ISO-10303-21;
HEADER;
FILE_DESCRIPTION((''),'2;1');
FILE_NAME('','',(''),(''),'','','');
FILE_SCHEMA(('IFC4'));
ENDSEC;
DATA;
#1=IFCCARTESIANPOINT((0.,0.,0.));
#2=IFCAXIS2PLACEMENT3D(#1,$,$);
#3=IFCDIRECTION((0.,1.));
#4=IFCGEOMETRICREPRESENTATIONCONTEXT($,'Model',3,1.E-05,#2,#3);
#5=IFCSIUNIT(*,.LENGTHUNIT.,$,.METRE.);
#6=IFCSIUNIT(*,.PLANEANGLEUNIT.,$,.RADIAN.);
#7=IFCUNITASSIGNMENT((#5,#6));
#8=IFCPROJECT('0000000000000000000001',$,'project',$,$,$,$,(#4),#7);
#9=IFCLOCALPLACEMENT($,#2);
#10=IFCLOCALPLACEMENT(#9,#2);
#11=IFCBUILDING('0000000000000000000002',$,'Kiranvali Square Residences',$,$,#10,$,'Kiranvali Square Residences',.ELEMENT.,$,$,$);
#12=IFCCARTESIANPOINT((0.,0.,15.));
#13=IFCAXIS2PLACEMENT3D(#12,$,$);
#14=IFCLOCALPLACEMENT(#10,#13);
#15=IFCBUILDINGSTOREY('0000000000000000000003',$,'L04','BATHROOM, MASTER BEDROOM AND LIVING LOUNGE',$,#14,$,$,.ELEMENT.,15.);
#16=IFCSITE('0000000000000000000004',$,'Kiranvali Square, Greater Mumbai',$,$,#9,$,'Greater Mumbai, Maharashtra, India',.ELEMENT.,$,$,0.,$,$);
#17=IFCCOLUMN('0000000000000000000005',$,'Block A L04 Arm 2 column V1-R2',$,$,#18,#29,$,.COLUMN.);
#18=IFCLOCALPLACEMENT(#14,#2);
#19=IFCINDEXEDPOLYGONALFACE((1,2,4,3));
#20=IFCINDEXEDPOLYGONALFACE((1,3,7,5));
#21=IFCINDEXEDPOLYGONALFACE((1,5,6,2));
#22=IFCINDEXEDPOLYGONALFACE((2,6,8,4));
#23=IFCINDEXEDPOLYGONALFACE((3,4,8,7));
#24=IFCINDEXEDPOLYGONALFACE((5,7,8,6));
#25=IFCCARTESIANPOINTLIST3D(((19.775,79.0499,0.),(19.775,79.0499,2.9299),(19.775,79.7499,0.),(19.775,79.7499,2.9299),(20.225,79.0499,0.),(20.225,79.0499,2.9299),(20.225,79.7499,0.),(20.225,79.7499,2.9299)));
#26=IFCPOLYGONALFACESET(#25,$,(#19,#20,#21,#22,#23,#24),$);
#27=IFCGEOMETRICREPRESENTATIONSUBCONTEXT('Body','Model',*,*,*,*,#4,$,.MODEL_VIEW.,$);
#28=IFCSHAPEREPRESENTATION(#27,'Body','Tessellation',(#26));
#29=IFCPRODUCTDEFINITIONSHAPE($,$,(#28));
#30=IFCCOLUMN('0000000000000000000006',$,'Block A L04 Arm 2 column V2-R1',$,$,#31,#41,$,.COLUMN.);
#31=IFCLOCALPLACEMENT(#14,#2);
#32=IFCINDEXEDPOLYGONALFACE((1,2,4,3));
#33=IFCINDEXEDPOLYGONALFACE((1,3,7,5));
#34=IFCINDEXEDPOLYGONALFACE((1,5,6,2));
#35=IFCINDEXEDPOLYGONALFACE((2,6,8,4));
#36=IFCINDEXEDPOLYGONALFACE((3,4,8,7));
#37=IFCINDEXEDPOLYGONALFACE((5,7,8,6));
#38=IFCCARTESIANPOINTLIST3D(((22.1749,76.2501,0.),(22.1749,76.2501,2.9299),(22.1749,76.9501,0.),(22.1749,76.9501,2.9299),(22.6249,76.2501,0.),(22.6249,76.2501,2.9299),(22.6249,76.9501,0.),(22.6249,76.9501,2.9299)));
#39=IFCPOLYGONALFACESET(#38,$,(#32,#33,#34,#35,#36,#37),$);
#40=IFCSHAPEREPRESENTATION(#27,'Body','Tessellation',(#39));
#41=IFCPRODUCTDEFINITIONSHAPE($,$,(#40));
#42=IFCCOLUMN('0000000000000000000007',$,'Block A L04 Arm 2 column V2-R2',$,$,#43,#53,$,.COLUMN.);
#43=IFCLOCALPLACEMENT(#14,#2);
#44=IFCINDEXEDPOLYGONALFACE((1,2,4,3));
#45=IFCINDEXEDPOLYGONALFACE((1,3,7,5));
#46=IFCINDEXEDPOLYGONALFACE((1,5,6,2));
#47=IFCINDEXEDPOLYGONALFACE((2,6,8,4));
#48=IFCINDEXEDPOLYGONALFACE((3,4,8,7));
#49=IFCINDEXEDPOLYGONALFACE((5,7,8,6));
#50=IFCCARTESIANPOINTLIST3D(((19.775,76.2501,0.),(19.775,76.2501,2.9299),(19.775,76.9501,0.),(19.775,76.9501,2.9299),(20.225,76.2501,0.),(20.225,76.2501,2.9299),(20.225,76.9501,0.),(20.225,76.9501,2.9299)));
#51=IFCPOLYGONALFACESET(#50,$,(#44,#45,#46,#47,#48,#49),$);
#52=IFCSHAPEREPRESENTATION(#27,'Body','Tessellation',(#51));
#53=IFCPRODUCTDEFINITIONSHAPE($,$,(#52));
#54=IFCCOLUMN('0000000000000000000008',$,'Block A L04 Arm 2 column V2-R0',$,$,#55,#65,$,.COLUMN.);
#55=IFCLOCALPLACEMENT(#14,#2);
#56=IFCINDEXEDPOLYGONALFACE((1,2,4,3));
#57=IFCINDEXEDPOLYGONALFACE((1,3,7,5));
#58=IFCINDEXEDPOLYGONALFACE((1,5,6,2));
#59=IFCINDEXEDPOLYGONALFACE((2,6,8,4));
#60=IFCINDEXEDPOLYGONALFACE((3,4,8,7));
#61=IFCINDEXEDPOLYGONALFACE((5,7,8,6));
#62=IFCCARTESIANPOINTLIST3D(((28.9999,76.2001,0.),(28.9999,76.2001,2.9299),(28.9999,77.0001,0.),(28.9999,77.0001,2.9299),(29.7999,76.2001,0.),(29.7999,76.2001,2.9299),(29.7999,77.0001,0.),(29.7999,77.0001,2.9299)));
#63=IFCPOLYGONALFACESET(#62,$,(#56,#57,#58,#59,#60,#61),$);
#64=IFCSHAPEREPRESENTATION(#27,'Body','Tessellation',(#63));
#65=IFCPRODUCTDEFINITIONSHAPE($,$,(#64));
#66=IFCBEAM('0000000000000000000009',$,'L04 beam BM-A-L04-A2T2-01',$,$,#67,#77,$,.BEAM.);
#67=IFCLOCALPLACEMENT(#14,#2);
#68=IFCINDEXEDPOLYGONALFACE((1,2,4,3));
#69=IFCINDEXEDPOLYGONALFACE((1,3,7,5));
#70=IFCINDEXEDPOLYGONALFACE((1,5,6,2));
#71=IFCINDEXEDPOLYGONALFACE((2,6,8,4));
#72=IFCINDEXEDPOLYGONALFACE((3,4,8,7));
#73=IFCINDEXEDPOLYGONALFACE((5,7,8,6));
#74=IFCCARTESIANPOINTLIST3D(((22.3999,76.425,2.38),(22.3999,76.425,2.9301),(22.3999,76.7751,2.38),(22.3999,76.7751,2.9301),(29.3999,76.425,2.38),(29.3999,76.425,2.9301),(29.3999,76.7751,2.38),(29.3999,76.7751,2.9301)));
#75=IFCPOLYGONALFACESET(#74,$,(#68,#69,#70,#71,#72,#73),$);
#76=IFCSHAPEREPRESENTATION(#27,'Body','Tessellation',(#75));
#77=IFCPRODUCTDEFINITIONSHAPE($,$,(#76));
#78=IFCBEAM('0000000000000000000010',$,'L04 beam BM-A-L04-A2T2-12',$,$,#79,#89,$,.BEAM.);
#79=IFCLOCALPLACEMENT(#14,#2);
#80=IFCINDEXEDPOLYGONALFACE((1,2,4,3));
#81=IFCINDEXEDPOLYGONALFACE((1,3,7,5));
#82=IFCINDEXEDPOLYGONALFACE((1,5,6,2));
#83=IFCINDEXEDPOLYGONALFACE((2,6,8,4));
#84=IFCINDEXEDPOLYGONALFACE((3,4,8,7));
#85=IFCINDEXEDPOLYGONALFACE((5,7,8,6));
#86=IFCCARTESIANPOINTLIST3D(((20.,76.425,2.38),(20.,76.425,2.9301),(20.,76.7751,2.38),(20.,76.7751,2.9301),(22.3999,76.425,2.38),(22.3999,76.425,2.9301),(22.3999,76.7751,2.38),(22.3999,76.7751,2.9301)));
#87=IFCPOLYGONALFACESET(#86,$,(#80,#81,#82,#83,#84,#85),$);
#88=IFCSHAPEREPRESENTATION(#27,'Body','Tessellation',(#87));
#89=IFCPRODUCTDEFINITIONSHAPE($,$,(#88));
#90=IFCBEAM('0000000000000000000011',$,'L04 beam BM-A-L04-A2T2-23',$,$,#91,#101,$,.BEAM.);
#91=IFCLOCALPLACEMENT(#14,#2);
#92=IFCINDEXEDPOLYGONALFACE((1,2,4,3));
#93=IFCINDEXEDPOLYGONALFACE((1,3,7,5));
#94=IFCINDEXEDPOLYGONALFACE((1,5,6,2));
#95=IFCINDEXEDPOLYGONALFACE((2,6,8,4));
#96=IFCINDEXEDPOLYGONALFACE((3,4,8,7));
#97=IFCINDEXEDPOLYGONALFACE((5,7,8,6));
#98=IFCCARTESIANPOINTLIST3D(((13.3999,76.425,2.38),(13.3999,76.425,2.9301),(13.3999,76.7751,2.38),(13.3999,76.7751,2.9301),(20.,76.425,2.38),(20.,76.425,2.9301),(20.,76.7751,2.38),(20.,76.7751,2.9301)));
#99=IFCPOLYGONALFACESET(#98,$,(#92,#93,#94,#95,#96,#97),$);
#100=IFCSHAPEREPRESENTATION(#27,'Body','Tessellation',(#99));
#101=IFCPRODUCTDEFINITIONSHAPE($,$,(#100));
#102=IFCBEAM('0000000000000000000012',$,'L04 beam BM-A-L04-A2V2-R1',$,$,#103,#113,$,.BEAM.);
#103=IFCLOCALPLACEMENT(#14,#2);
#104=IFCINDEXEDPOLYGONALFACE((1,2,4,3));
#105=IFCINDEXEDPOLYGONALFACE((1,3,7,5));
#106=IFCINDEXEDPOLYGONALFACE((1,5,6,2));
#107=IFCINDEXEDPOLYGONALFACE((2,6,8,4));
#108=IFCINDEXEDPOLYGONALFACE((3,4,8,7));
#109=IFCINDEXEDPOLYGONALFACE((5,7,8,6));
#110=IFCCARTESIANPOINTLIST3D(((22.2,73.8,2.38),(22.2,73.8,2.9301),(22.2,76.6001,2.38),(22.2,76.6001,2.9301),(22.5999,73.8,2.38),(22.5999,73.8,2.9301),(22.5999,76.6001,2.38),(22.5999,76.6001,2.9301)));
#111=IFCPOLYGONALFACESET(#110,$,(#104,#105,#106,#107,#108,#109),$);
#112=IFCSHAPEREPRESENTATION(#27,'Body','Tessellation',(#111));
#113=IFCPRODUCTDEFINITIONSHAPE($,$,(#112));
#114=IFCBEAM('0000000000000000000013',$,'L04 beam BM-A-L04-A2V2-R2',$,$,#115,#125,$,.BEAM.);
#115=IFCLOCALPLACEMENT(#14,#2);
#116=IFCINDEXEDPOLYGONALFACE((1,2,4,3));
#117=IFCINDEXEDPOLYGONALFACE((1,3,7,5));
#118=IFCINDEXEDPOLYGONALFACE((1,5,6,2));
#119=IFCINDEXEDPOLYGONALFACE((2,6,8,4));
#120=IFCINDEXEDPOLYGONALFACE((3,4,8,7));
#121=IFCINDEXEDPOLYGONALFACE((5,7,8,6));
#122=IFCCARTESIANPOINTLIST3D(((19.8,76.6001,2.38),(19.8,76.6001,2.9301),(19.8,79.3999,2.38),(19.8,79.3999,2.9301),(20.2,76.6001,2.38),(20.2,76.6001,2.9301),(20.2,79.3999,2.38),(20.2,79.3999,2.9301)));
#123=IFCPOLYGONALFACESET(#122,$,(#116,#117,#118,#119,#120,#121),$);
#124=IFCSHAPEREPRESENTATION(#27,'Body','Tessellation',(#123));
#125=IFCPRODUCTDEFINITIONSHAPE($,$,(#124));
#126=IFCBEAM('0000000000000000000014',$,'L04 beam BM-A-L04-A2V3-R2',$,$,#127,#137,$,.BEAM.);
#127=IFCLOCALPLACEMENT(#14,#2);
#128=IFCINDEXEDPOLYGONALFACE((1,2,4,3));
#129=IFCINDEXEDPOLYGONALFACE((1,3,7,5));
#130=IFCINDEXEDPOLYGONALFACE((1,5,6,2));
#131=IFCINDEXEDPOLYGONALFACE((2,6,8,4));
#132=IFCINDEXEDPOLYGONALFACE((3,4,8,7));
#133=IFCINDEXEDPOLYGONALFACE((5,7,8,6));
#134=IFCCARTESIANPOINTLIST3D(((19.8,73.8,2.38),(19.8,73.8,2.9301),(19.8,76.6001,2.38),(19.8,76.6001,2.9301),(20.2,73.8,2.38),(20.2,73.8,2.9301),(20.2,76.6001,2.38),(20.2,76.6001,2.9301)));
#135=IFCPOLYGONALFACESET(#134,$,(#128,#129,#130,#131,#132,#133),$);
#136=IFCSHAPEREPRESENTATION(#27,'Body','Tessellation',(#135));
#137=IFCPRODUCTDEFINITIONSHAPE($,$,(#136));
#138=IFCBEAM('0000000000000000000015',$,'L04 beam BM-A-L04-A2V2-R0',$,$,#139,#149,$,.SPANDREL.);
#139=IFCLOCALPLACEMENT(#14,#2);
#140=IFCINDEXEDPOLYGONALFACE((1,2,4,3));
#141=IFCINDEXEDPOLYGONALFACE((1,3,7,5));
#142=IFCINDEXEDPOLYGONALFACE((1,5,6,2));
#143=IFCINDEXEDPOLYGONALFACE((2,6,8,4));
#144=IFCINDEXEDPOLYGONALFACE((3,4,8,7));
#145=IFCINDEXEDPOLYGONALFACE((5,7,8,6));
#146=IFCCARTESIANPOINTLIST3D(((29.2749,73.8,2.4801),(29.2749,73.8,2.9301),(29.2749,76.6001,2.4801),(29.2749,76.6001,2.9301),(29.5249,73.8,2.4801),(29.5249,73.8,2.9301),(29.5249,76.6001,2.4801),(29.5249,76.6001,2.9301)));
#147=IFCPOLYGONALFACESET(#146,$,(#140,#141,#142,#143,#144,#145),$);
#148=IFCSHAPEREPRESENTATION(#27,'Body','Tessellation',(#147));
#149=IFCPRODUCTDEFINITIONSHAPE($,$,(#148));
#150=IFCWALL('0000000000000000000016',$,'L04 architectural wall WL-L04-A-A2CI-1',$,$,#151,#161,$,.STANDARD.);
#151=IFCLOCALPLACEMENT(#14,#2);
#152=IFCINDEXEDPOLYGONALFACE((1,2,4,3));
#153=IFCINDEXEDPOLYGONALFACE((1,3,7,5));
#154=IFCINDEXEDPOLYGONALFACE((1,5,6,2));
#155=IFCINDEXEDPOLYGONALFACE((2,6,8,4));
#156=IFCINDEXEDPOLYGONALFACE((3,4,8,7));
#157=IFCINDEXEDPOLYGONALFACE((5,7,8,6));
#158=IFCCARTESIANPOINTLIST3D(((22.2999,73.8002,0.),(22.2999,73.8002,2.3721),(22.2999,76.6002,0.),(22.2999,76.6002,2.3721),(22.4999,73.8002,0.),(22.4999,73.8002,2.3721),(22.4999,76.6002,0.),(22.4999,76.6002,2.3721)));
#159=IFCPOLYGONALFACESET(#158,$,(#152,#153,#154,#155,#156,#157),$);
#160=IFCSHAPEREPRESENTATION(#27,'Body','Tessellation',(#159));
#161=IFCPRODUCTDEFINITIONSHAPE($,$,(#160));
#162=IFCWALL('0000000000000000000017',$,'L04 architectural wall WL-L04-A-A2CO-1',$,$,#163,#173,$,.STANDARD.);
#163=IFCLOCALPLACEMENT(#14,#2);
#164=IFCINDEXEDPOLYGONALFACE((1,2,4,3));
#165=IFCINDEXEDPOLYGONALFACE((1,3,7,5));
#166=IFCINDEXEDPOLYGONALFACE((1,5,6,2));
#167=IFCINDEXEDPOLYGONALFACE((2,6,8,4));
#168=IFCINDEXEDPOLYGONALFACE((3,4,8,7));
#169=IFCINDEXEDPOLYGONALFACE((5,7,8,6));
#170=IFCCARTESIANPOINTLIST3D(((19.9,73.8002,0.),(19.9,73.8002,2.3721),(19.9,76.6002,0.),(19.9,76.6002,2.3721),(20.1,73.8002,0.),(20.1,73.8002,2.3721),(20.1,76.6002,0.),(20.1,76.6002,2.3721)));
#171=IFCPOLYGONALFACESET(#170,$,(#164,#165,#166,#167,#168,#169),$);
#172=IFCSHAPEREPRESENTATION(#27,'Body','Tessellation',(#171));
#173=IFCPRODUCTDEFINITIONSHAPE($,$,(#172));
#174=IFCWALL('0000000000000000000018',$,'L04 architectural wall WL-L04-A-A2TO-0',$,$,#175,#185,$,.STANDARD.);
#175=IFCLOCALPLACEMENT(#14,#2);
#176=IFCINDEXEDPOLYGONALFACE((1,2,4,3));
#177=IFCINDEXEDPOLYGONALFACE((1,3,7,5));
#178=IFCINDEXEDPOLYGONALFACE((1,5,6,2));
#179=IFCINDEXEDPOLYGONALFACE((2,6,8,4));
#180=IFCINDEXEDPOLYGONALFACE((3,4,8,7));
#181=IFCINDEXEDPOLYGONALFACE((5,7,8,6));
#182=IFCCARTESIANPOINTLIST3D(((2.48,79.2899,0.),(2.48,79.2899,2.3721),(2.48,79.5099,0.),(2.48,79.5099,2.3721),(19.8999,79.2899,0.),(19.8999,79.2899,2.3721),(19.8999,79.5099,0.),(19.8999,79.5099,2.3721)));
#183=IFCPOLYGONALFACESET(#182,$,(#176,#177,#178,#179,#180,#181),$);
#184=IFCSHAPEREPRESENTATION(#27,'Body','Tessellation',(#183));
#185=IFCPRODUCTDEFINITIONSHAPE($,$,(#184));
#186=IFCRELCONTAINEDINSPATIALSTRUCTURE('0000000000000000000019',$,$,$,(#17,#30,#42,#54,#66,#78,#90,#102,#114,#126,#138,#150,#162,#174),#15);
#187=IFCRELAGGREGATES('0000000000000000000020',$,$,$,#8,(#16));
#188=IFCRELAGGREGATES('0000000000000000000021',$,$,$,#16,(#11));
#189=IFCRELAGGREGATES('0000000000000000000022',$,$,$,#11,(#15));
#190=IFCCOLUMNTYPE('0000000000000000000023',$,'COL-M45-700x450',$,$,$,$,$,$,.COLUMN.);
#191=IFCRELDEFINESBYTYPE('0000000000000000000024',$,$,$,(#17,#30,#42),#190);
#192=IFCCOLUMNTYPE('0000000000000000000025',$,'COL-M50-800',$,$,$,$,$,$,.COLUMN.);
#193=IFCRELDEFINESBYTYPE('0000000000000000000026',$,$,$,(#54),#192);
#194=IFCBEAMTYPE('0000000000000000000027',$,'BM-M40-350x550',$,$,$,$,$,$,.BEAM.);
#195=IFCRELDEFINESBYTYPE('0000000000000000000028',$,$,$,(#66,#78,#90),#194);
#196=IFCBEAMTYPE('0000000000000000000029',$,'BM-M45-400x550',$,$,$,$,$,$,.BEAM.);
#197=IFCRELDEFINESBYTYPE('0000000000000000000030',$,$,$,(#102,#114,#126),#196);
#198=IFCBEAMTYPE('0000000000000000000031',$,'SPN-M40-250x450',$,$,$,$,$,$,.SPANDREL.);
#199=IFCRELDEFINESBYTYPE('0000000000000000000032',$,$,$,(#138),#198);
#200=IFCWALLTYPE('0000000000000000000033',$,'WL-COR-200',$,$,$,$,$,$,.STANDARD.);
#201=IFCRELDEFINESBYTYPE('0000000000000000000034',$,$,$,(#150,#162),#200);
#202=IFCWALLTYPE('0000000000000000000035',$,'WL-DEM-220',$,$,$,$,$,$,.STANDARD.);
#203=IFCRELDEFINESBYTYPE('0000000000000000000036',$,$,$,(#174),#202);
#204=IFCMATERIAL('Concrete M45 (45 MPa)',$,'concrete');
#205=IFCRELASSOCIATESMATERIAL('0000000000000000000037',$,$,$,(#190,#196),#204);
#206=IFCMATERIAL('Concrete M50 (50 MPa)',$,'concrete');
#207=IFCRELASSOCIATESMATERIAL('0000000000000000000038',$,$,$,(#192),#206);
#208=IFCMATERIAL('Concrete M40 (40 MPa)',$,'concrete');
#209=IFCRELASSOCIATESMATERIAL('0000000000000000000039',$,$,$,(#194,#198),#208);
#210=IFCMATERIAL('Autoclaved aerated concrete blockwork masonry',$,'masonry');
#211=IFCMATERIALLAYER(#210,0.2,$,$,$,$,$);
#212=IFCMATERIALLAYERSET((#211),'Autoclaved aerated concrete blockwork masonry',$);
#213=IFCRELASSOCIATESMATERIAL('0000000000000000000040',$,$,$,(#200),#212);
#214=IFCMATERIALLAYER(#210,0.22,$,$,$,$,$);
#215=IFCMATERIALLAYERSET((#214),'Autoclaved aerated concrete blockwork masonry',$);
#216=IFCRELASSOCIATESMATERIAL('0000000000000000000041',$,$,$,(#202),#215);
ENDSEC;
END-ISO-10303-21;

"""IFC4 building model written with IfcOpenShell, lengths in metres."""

from ifc_helpers import new_model, si_unit, direction, frame, frame_2d, origin, origin_2d, place, context, subcontext, project, spatial, rectangle, extrude, material, layer, layer_set, material_profile, profile_set, type_object, element, save


model = new_model("IFC4")

# Units and contexts
model_context = context("Model", 3, precision=1e-05, world=origin(), true_north=direction((0.0, 1.0)))
body_context = subcontext(model_context, "Body", "Model", "MODEL_VIEW")
ifc_project = project(units=[si_unit("LENGTHUNIT", "METRE"), si_unit("PLANEANGLEUNIT", "RADIAN")], contexts=[model_context])

# Site, building, storey
site_placement = place(None, origin())
site = spatial("IfcSite", under=ifc_project, at=site_placement, Name="Kiranvali Square, Greater Mumbai", LongName="Greater Mumbai, Maharashtra, India", CompositionType="ELEMENT", RefElevation=0.0)
building_placement = place(site_placement, origin())
building = spatial("IfcBuilding", under=site, at=building_placement, Name="Kiranvali Square Residences", LongName="Kiranvali Square Residences", CompositionType="ELEMENT")
storey_placement = place(building_placement, frame((0.0, 0.0, 15.0)))
storey = spatial("IfcBuildingStorey", under=building, at=storey_placement, Name="L04", Description="BATHROOM, MASTER BEDROOM AND LIVING LOUNGE", CompositionType="ELEMENT", Elevation=15.0)

# Columns
ifc_material_1 = material(Name="Concrete M45 (45 MPa)", Category="concrete")
ifc_material_profile_1 = material_profile(ifc_material_1, rectangle(XDim=0.45, YDim=0.7, at=origin_2d()), Name="RC 700x450")
ifc_profile_set_1 = profile_set([ifc_material_profile_1], Name="Concrete M45 (45 MPa)")
column_type_1 = type_object("IfcColumnType", Name="COL-M45-700x450", PredefinedType="COLUMN", material=ifc_profile_set_1)
for number, where, z_axis, x_axis, name in (
    (1, (20.0, 79.3999, 0.0), (0.0, 0.0, 1.0), (1.0, 0.0, 0.0), "Block A L04 Arm 2 column V1-R2"),
    (2, (22.3999, 76.6001, 0.0), (0.0, 0.0, 1.0), (1.0, 0.0, 0.0), "Block A L04 Arm 2 column V2-R1"),
    (3, (20.0, 76.6001, 0.0), (0.0, 0.0, 1.0), (1.0, 0.0, 0.0), "Block A L04 Arm 2 column V2-R2"),
):
    element("IfcColumn", number, at=place(storey_placement, frame(where, z_axis=z_axis, x_axis=x_axis)), inside=storey, type_object=column_type_1, Name=name, PredefinedType="COLUMN", context=body_context, shape_type="SweptSolid", body=[
        extrude(rectangle(XDim=0.45, YDim=0.7, at=origin_2d()), origin(), (0.0, 0.0, 1.0), 2.9299),
    ])
ifc_material_2 = material(Name="Concrete M50 (50 MPa)", Category="concrete")
ifc_material_profile_2 = material_profile(ifc_material_2, rectangle(XDim=0.8, YDim=0.8, at=origin_2d()), Name="RC 800x800")
ifc_profile_set_2 = profile_set([ifc_material_profile_2], Name="Concrete M50 (50 MPa)")
column_type_2 = type_object("IfcColumnType", Name="COL-M50-800", PredefinedType="COLUMN", material=ifc_profile_set_2)
column_placement = place(storey_placement, frame((29.3999, 76.6001, 0.0), z_axis=(0.0, 0.0, 1.0), x_axis=(1.0, 0.0, 0.0)))
element("IfcColumn", 4, at=column_placement, inside=storey, type_object=column_type_2, Name="Block A L04 Arm 2 column V2-R0", PredefinedType="COLUMN", context=body_context, shape_type="SweptSolid", body=[
    extrude(rectangle(XDim=0.8, YDim=0.8, at=origin_2d()), origin(), (0.0, 0.0, 1.0), 2.9299),
])

# Beams
ifc_material_3 = material(Name="Concrete M40 (40 MPa)", Category="concrete")
ifc_material_profile_3 = material_profile(ifc_material_3, rectangle(XDim=0.3501, YDim=0.55, at=origin_2d()), Name="RC 350x550")
ifc_profile_set_3 = profile_set([ifc_material_profile_3], Name="Concrete M40 (40 MPa)")
beam_type_1 = type_object("IfcBeamType", Name="BM-M40-350x550", PredefinedType="BEAM", material=ifc_profile_set_3)
beam_1_placement = place(storey_placement, frame((29.3999, 76.6001, 2.655), z_axis=(-1.0, 0.0, 0.0), x_axis=(0.0, -1.0, 0.0)))
element("IfcBeam", 5, at=beam_1_placement, inside=storey, type_object=beam_type_1, Name="L04 beam BM-A-L04-A2T2-01", PredefinedType="BEAM", context=body_context, shape_type="SweptSolid", body=[
    extrude(rectangle(XDim=0.3501, YDim=0.55, at=origin_2d()), origin(), (0.0, 0.0, 1.0), 7.0),
])
beam_2_placement = place(storey_placement, frame((22.3999, 76.6001, 2.655), z_axis=(-1.0, 0.0, 0.0), x_axis=(0.0, -1.0, 0.0)))
element("IfcBeam", 6, at=beam_2_placement, inside=storey, type_object=beam_type_1, Name="L04 beam BM-A-L04-A2T2-12", PredefinedType="BEAM", context=body_context, shape_type="SweptSolid", body=[
    extrude(rectangle(XDim=0.3501, YDim=0.55, at=origin_2d()), origin(), (0.0, 0.0, 1.0), 2.3999),
])
beam_3_placement = place(storey_placement, frame((20.0, 76.6001, 2.655), z_axis=(-1.0, 0.0, 0.0), x_axis=(0.0, -1.0, 0.0)))
element("IfcBeam", 7, at=beam_3_placement, inside=storey, type_object=beam_type_1, Name="L04 beam BM-A-L04-A2T2-23", PredefinedType="BEAM", context=body_context, shape_type="SweptSolid", body=[
    extrude(rectangle(XDim=0.3501, YDim=0.55, at=origin_2d()), origin(), (0.0, 0.0, 1.0), 6.6001),
])
ifc_material_profile_4 = material_profile(ifc_material_1, rectangle(XDim=0.3999, YDim=0.55, at=origin_2d()), Name="RC 400x550")
ifc_profile_set_4 = profile_set([ifc_material_profile_4], Name="Concrete M45 (45 MPa)")
beam_type_2 = type_object("IfcBeamType", Name="BM-M45-400x550", PredefinedType="BEAM", material=ifc_profile_set_4)
beam_4_placement = place(storey_placement, frame((22.3999, 76.6001, 2.655), z_axis=(0.0, -1.0, 0.0), x_axis=(1.0, 0.0, 0.0)))
element("IfcBeam", 8, at=beam_4_placement, inside=storey, type_object=beam_type_2, Name="L04 beam BM-A-L04-A2V2-R1", PredefinedType="BEAM", context=body_context, shape_type="SweptSolid", body=[
    extrude(rectangle(XDim=0.3999, YDim=0.55, at=origin_2d()), origin(), (0.0, 0.0, 1.0), 2.8),
])
beam_5_placement = place(storey_placement, frame((20.0, 79.3999, 2.655), z_axis=(0.0, -1.0, 0.0), x_axis=(1.0, 0.0, 0.0)))
element("IfcBeam", 9, at=beam_5_placement, inside=storey, type_object=beam_type_2, Name="L04 beam BM-A-L04-A2V2-R2", PredefinedType="BEAM", context=body_context, shape_type="SweptSolid", body=[
    extrude(rectangle(XDim=0.3999, YDim=0.55, at=origin_2d()), origin(), (0.0, 0.0, 1.0), 2.7998),
])
beam_6_placement = place(storey_placement, frame((20.0, 76.6001, 2.655), z_axis=(0.0, -1.0, 0.0), x_axis=(1.0, 0.0, 0.0)))
element("IfcBeam", 10, at=beam_6_placement, inside=storey, type_object=beam_type_2, Name="L04 beam BM-A-L04-A2V3-R2", PredefinedType="BEAM", context=body_context, shape_type="SweptSolid", body=[
    extrude(rectangle(XDim=0.3999, YDim=0.55, at=origin_2d()), origin(), (0.0, 0.0, 1.0), 2.8),
])
ifc_material_profile_5 = material_profile(ifc_material_3, rectangle(XDim=0.25, YDim=0.45, at=origin_2d()), Name="RC 250x450")
ifc_profile_set_5 = profile_set([ifc_material_profile_5], Name="Concrete M40 (40 MPa)")
beam_type_3 = type_object("IfcBeamType", Name="SPN-M40-250x450", PredefinedType="SPANDREL", material=ifc_profile_set_5)
beam_7_placement = place(storey_placement, frame((29.3999, 76.6001, 2.7051), z_axis=(0.0, -1.0, 0.0), x_axis=(1.0, 0.0, 0.0)))
element("IfcBeam", 11, at=beam_7_placement, inside=storey, type_object=beam_type_3, Name="L04 beam BM-A-L04-A2V2-R0", PredefinedType="SPANDREL", context=body_context, shape_type="SweptSolid", body=[
    extrude(rectangle(XDim=0.25, YDim=0.45, at=origin_2d()), origin(), (0.0, 0.0, 1.0), 2.8),
])

# Walls
ifc_material_4 = material(Name="Autoclaved aerated concrete blockwork masonry", Category="masonry")
ifc_layer_1 = layer(ifc_material_4, 0.2)
ifc_layer_set_1 = layer_set([ifc_layer_1], Name="Autoclaved aerated concrete blockwork masonry")
wall_type_1 = type_object("IfcWallType", Name="WL-COR-200", PredefinedType="STANDARD", material=ifc_layer_set_1)
for number, where, z_axis, x_axis, name in (
    (12, (22.3999, 76.6001, 0.0), (0.0, 0.0, 1.0), (0.0, -1.0, 0.0), "L04 architectural wall WL-L04-A-A2CI-1"),
    (13, (20.0, 76.6001, 0.0), (0.0, 0.0, 1.0), (0.0, -1.0, 0.0), "L04 architectural wall WL-L04-A-A2CO-1"),
):
    element("IfcWall", number, at=place(storey_placement, frame(where, z_axis=z_axis, x_axis=x_axis)), inside=storey, type_object=wall_type_1, Name=name, PredefinedType="STANDARD", context=body_context, shape_type="SweptSolid", body=[
        extrude(rectangle(XDim=2.8, YDim=0.2, at=frame_2d((1.3999, 0.0))), origin(), (0.0, 0.0, 1.0), 2.3721),
    ])
ifc_layer_2 = layer(ifc_material_4, 0.22)
ifc_layer_set_2 = layer_set([ifc_layer_2], Name="Autoclaved aerated concrete blockwork masonry")
wall_type_2 = type_object("IfcWallType", Name="WL-DEM-220", PredefinedType="STANDARD", material=ifc_layer_set_2)
wall_1_placement = place(storey_placement, frame((19.8999, 79.3999, 0.0), z_axis=(0.0, 0.0, 1.0), x_axis=(-1.0, 0.0, 0.0)))
element("IfcWall", 14, at=wall_1_placement, inside=storey, type_object=wall_type_2, Name="L04 architectural wall WL-L04-A-A2TO-0", PredefinedType="STANDARD", context=body_context, shape_type="SweptSolid", body=[
    extrude(rectangle(XDim=17.4199, YDim=0.22, at=frame_2d((8.71, 0.0))), origin(), (0.0, 0.0, 1.0), 2.3721),
])

save(model, "model.ifc")
